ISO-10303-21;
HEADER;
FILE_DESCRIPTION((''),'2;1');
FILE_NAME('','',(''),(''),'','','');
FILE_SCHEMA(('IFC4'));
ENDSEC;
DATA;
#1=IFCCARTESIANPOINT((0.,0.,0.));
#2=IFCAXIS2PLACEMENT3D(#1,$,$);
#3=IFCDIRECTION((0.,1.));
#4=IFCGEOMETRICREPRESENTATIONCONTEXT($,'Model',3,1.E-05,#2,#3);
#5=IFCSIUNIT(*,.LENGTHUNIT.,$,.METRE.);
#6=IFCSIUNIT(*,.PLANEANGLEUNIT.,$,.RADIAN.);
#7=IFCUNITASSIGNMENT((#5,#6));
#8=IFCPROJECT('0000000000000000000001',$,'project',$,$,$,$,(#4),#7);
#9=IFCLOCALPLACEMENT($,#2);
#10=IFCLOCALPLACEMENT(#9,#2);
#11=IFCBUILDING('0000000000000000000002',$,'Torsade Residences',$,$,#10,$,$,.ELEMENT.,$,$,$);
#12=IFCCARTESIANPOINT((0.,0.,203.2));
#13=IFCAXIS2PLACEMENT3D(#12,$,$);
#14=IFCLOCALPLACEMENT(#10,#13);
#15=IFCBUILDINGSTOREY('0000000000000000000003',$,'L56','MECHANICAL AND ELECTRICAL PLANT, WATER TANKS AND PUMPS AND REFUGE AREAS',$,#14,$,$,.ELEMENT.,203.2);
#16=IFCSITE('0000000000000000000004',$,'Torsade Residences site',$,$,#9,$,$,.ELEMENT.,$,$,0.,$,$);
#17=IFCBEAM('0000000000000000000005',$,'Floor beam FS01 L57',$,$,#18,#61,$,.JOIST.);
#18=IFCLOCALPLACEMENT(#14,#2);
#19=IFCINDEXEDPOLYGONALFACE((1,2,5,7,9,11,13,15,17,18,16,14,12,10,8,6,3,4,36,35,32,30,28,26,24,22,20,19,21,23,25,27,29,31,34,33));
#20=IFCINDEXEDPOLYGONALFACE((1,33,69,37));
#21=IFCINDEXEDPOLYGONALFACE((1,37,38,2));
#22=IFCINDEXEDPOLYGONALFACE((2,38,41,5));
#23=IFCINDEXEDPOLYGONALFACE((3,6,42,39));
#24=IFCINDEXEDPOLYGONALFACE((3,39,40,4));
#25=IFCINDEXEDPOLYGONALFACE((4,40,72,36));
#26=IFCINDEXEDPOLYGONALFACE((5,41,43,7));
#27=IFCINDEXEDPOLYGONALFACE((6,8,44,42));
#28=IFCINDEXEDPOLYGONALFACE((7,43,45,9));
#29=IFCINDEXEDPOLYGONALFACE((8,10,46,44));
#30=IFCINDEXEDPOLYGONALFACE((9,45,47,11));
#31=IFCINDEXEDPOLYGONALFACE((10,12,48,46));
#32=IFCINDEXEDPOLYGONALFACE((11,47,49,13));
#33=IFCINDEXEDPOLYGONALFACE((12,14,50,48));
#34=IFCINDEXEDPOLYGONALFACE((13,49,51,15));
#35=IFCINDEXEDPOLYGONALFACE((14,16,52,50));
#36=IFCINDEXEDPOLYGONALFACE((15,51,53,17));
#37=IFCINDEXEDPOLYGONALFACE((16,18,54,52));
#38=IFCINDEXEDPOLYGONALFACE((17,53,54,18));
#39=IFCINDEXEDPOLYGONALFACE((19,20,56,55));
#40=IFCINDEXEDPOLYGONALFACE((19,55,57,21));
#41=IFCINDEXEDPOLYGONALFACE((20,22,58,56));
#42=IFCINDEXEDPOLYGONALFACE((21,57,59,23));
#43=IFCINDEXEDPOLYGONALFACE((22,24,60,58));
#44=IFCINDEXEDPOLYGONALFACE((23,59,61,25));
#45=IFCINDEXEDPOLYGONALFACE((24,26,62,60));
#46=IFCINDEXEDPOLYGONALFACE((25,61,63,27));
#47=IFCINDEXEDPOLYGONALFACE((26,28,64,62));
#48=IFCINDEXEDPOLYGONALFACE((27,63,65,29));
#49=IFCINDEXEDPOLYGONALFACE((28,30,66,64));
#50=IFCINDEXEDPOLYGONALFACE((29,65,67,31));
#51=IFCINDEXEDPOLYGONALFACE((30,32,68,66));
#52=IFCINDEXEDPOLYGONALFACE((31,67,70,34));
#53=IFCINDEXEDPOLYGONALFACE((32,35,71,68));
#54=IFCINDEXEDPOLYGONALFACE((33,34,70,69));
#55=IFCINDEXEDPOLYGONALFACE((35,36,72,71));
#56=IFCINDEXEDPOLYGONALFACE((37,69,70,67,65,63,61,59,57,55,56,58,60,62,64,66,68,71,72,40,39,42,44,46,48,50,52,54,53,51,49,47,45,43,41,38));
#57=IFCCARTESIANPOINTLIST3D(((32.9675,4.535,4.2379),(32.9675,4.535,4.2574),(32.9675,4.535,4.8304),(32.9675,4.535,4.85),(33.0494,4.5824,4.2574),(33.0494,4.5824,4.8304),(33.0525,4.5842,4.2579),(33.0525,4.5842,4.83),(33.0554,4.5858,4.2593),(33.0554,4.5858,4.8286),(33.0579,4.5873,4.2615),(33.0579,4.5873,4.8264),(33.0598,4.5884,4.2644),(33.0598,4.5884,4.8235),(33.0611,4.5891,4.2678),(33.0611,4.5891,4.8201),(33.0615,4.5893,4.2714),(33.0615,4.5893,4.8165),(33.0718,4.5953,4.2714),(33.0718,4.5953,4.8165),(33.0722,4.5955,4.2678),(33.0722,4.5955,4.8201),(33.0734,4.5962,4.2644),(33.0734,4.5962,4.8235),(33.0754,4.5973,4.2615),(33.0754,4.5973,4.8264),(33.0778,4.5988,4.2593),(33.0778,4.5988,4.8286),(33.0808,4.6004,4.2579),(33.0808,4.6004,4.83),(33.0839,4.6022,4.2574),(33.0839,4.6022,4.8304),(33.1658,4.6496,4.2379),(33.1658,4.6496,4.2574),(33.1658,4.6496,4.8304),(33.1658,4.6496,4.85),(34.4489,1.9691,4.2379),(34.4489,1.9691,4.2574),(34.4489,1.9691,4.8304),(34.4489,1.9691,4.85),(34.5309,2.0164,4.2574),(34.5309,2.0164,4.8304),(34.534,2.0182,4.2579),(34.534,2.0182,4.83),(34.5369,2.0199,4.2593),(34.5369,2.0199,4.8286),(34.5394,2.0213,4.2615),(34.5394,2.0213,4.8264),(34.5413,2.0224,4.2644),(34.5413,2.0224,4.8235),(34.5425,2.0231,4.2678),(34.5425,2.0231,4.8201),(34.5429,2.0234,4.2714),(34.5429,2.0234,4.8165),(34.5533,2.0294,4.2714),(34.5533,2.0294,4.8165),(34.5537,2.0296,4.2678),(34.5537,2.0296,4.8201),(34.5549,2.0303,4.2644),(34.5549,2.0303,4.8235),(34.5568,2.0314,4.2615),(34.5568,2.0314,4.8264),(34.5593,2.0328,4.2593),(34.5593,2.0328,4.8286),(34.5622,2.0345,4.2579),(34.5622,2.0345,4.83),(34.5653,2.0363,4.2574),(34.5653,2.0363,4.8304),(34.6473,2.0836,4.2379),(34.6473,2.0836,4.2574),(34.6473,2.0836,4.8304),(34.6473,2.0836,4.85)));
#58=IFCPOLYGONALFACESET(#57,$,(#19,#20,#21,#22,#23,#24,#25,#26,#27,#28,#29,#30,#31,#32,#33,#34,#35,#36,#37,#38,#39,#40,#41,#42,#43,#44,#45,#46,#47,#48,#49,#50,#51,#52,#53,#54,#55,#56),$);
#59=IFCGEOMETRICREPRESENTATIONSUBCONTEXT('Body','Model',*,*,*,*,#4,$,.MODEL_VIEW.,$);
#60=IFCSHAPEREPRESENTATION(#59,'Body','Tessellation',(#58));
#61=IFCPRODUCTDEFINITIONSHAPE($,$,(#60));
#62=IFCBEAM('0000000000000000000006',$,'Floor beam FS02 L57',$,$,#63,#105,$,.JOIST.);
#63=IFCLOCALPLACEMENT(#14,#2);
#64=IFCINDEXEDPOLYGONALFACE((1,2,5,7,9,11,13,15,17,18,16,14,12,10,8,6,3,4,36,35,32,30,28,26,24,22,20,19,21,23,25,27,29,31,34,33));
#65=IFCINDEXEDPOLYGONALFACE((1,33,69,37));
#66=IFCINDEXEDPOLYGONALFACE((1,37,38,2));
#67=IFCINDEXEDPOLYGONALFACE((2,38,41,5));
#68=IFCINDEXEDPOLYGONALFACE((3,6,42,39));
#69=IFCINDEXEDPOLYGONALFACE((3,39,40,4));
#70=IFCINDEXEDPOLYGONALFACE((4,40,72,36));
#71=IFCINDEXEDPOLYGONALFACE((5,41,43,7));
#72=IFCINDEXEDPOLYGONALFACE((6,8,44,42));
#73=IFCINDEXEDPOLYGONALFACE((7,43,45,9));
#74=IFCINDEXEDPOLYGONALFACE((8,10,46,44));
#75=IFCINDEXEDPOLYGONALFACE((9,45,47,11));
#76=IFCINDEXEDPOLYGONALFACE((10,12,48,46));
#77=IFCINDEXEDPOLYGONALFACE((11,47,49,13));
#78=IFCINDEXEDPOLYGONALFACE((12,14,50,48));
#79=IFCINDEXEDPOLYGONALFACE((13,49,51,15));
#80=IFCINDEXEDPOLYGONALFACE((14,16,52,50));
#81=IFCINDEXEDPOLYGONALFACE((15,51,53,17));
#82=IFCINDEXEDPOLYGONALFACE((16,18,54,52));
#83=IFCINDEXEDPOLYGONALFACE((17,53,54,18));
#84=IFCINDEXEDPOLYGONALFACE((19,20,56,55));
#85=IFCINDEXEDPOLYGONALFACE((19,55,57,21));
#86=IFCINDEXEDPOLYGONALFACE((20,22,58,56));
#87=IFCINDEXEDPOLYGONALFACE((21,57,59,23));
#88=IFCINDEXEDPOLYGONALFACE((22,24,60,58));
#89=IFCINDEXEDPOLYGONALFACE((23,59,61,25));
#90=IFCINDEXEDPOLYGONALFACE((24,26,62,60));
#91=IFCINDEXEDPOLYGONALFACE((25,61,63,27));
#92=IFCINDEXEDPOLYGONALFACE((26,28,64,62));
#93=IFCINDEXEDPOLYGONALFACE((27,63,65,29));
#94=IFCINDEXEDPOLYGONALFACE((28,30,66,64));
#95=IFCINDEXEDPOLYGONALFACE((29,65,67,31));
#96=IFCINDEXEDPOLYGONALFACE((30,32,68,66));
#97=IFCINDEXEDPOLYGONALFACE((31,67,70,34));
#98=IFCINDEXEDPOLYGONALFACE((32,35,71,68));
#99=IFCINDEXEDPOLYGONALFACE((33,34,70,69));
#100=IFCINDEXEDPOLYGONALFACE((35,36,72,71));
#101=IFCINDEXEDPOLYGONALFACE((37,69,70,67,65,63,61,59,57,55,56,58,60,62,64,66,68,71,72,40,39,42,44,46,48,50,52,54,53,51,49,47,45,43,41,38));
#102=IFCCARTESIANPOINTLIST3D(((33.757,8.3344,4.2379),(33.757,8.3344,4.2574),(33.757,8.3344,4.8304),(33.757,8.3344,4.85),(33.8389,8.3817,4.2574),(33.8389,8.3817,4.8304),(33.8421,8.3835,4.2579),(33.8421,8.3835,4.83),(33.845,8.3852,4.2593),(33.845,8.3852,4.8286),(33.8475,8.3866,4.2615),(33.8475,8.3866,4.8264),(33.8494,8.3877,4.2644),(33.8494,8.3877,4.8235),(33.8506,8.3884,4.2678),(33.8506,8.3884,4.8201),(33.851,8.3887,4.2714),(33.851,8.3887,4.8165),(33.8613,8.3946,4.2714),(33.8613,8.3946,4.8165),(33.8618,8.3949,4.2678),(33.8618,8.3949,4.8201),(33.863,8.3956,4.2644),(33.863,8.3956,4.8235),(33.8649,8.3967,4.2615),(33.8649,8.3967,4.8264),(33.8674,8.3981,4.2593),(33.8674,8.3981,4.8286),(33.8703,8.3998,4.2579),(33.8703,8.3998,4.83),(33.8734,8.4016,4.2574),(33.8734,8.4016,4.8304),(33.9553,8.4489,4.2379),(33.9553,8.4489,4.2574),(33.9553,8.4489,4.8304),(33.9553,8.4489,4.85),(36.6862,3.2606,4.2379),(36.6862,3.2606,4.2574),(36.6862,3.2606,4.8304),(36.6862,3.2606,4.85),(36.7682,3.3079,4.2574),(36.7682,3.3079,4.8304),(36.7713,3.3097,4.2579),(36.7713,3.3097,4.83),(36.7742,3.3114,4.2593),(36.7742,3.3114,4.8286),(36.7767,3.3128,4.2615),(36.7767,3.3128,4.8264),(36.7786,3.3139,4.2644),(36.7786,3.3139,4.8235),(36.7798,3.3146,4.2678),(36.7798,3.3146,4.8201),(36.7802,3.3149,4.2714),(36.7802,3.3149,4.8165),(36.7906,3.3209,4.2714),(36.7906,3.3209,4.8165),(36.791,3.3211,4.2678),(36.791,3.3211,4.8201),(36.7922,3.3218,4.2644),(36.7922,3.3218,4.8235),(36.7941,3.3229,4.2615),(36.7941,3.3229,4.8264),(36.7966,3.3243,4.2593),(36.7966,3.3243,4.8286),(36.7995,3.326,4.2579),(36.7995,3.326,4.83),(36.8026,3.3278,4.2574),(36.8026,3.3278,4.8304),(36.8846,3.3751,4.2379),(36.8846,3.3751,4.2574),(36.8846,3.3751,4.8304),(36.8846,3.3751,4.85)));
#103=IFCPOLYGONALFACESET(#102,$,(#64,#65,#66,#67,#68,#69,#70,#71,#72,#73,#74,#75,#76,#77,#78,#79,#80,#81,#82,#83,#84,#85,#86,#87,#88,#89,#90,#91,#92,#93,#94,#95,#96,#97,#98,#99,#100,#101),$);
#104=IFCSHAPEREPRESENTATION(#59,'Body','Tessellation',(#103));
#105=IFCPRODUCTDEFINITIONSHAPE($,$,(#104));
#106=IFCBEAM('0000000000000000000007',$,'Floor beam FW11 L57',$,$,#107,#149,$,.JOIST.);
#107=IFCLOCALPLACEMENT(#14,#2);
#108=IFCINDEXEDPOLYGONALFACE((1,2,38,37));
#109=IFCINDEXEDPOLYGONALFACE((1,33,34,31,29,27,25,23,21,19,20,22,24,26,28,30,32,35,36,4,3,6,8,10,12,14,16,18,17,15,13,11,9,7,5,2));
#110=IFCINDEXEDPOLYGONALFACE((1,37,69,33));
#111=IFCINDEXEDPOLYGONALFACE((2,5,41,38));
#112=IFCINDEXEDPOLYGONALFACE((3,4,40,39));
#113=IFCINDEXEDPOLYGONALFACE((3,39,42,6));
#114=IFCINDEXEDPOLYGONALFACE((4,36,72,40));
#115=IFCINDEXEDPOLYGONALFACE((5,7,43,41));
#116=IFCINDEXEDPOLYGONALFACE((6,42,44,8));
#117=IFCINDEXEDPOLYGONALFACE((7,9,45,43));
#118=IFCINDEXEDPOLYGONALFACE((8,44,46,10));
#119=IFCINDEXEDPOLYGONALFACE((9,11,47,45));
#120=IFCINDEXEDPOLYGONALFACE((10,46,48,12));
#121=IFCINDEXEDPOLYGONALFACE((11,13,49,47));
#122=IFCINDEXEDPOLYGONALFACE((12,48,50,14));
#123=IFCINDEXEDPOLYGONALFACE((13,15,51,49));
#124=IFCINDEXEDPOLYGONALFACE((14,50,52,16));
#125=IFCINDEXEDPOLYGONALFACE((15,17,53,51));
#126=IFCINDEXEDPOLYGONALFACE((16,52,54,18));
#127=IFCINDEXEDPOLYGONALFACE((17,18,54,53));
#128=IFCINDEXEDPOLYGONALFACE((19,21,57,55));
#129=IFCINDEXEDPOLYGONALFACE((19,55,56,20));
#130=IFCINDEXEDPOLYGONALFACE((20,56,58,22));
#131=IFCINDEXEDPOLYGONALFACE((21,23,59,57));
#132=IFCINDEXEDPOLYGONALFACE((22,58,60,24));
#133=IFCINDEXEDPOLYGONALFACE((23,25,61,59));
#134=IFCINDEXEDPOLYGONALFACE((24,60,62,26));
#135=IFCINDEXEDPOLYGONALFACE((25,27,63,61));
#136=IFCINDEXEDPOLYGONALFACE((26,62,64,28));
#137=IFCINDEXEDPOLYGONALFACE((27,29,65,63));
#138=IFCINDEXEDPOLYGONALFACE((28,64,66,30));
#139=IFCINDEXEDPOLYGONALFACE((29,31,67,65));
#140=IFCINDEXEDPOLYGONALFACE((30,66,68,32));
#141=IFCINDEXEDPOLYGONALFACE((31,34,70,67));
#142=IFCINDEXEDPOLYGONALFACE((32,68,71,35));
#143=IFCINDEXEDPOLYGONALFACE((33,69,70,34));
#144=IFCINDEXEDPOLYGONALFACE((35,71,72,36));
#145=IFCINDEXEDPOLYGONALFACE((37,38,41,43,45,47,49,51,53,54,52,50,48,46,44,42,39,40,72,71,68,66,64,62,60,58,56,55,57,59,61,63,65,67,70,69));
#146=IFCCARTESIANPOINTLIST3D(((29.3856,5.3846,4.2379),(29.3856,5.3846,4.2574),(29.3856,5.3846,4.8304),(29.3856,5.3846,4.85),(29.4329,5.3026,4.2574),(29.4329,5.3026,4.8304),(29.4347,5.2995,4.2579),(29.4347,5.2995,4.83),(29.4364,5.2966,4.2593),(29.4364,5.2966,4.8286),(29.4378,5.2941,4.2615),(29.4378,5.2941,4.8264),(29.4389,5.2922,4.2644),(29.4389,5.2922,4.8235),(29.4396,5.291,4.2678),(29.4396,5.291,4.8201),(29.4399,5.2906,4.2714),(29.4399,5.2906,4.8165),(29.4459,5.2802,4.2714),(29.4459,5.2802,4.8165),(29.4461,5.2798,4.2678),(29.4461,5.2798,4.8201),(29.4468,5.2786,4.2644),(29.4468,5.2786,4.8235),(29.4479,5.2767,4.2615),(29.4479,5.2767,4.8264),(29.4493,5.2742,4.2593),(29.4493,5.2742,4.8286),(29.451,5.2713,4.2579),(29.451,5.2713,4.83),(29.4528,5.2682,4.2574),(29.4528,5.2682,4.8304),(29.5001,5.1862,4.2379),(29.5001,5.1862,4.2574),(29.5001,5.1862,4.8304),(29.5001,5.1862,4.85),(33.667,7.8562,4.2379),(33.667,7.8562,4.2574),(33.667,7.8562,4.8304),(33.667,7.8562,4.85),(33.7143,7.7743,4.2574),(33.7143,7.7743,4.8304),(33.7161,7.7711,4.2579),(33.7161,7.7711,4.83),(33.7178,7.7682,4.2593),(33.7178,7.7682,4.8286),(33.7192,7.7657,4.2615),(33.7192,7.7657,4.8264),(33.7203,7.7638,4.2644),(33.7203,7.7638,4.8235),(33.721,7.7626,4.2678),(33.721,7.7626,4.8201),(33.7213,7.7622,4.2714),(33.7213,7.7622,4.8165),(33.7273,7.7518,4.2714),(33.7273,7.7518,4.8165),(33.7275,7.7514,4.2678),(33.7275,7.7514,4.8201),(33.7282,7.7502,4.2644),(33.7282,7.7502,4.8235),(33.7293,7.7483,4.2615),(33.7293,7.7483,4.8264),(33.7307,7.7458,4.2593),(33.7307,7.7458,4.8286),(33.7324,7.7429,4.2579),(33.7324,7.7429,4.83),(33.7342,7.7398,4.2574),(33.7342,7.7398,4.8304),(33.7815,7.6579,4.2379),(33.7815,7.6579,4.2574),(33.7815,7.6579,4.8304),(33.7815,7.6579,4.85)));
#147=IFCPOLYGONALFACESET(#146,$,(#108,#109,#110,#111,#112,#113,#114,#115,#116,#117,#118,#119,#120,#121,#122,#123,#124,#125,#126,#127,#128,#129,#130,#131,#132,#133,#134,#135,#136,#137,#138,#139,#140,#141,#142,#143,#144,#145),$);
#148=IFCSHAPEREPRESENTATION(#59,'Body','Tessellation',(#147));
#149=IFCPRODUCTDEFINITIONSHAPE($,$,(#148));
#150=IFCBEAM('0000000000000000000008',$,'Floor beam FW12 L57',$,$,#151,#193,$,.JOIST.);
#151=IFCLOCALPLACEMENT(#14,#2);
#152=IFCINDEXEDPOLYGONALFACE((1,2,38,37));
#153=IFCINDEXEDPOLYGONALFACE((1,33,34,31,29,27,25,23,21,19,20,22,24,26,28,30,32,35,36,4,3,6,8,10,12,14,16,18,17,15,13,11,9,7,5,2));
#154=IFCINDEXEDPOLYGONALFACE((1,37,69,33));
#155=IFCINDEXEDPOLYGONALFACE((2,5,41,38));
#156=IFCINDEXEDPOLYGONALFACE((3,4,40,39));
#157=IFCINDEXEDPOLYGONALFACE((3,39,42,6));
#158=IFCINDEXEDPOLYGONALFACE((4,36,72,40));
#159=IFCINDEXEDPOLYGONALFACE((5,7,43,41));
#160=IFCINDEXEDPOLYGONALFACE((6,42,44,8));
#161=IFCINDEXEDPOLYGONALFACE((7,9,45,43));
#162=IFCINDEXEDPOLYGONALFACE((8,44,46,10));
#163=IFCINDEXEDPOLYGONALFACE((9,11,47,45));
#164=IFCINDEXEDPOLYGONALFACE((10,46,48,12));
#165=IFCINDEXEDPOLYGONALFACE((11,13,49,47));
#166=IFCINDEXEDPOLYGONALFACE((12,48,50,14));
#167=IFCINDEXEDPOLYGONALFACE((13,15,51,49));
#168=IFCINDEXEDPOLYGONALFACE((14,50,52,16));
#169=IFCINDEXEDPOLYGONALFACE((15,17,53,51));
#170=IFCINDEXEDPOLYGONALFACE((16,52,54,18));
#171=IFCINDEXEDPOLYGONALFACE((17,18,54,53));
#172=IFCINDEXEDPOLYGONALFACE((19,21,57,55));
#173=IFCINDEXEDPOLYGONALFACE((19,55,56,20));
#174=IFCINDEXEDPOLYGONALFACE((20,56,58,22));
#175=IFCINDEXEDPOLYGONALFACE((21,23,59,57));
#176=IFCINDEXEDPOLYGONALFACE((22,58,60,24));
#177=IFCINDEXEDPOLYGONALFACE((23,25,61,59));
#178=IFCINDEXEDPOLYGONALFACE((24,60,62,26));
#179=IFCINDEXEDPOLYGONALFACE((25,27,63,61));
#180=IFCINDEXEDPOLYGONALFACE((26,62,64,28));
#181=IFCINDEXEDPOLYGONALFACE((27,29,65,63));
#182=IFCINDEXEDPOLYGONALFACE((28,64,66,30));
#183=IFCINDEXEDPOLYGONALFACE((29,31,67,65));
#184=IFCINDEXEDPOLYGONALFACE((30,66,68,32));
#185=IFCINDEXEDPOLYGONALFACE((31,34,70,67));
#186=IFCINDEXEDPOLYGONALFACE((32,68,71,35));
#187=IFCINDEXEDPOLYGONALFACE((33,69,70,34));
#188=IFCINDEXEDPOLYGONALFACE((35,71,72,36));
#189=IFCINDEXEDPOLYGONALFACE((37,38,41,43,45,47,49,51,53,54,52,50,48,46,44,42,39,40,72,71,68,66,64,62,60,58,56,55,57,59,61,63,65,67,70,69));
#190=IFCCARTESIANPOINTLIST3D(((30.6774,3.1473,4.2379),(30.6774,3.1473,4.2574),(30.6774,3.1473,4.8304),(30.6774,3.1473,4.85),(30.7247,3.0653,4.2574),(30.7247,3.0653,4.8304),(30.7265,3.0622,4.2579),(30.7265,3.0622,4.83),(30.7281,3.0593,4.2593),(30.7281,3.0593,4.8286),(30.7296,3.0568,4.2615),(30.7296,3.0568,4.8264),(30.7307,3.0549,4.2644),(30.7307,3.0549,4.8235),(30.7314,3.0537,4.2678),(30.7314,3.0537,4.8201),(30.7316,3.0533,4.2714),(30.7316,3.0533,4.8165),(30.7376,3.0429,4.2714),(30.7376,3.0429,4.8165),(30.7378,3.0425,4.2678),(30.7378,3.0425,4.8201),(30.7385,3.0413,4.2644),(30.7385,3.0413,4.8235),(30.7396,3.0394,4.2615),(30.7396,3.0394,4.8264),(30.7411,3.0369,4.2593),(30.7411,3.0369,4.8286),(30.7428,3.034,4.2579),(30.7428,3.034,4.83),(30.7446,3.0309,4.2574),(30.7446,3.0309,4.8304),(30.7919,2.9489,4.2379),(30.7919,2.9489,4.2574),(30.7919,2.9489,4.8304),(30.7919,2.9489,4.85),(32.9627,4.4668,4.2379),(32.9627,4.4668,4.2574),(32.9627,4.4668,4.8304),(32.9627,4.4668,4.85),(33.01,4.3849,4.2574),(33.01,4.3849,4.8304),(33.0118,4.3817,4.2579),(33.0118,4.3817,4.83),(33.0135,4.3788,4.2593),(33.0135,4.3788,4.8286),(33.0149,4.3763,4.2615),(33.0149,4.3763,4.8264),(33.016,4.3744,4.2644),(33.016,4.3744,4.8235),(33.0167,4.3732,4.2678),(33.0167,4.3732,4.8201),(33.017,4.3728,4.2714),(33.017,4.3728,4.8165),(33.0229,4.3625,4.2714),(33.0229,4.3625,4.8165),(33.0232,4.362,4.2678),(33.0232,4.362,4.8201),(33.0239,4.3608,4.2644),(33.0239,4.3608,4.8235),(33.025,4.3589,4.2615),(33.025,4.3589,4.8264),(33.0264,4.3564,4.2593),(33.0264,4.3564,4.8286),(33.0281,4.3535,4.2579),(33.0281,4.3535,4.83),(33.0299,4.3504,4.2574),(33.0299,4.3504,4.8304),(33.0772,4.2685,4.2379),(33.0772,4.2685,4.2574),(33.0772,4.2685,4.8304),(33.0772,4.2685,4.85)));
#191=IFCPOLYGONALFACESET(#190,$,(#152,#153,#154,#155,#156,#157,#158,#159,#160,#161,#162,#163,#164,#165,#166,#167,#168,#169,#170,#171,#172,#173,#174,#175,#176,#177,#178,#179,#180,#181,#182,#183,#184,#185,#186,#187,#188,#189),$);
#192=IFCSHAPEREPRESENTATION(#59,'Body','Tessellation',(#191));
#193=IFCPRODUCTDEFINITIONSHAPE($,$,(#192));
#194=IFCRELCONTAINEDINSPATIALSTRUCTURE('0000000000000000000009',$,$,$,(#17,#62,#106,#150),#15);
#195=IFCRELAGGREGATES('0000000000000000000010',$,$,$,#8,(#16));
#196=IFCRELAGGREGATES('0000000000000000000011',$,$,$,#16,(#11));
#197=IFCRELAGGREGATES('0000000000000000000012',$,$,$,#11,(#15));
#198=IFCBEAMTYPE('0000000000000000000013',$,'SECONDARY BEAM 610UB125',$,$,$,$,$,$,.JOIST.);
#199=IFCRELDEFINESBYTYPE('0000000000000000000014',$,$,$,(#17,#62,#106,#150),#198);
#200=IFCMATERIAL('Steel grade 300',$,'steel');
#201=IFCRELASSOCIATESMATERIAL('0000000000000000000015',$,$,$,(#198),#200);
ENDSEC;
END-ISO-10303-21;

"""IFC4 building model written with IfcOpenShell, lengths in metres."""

from ifc_helpers import new_model, si_unit, direction, frame, origin, origin_2d, place, context, subcontext, project, spatial, i_section, extrude, material, material_profile, profile_set, type_object, element, save


model = new_model("IFC4")

# Units and contexts
model_context = context("Model", 3, precision=1e-05, world=origin(), true_north=direction((0.0, 1.0)))
body_context = subcontext(model_context, "Body", "Model", "MODEL_VIEW")
ifc_project = project(units=[si_unit("LENGTHUNIT", "METRE"), si_unit("PLANEANGLEUNIT", "RADIAN")], contexts=[model_context])

# Site, building, storey
site_placement = place(None, origin())
site = spatial("IfcSite", under=ifc_project, at=site_placement, Name="Torsade Residences site", CompositionType="ELEMENT", RefElevation=0.0)
building_placement = place(site_placement, origin())
building = spatial("IfcBuilding", under=site, at=building_placement, Name="Torsade Residences", CompositionType="ELEMENT")
storey_placement = place(building_placement, frame((0.0, 0.0, 203.2)))
storey = spatial("IfcBuildingStorey", under=building, at=storey_placement, Name="L56", Description="MECHANICAL AND ELECTRICAL PLANT, WATER TANKS AND PUMPS AND REFUGE AREAS", CompositionType="ELEMENT", Elevation=203.2)

# Beams
ifc_material_1 = material(Name="Steel grade 300", Category="steel")
ifc_material_profile_1 = material_profile(ifc_material_1, i_section(OverallWidth=0.229, OverallDepth=0.6121, WebThickness=0.012, FlangeThickness=0.0195, FilletRadius=0.0139, at=origin_2d()), Name="610UB125")
ifc_profile_set_1 = profile_set([ifc_material_profile_1], Name="Steel grade 300")
beam_type_1 = type_object("IfcBeamType", Name="SECONDARY BEAM 610UB125", PredefinedType="JOIST", material=ifc_profile_set_1)
beam_1_placement = place(storey_placement, frame((34.5481, 2.0264, 4.5439), z_axis=(-0.500003, 0.866024, 0.0), x_axis=(-0.866024, -0.500003, 0.0)))
element("IfcBeam", 1, at=beam_1_placement, inside=storey, type_object=beam_type_1, Name="Floor beam FS01 L57", PredefinedType="JOIST", context=body_context, shape_type="SweptSolid", body=[
    extrude(i_section(OverallWidth=0.229, OverallDepth=0.6121, WebThickness=0.012, FlangeThickness=0.0195, FilletRadius=0.0139, at=origin_2d()), origin(), (0.0, 0.0, 1.0), 2.9629),
])
beam_2_placement = place(storey_placement, frame((36.7854, 3.3179, 4.5439), z_axis=(-0.499985, 0.866034, 0.0), x_axis=(-0.866034, -0.499985, 0.0)))
element("IfcBeam", 2, at=beam_2_placement, inside=storey, type_object=beam_type_1, Name="Floor beam FS02 L57", PredefinedType="JOIST", context=body_context, shape_type="SweptSolid", body=[
    extrude(i_section(OverallWidth=0.229, OverallDepth=0.6121, WebThickness=0.012, FlangeThickness=0.0195, FilletRadius=0.0139, at=origin_2d()), origin(), (0.0, 0.0, 1.0), 5.8586),
])
beam_3_placement = place(storey_placement, frame((29.4429, 5.2854, 4.5439), z_axis=(0.866047, 0.499963, 0.0), x_axis=(-0.499963, 0.866047, 0.0)))
element("IfcBeam", 3, at=beam_3_placement, inside=storey, type_object=beam_type_1, Name="Floor beam FW11 L57", PredefinedType="JOIST", context=body_context, shape_type="SweptSolid", body=[
    extrude(i_section(OverallWidth=0.229, OverallDepth=0.6121, WebThickness=0.012, FlangeThickness=0.0195, FilletRadius=0.0139, at=origin_2d()), origin(), (0.0, 0.0, 1.0), 4.9436),
])
beam_4_placement = place(storey_placement, frame((30.7346, 3.0481, 4.5439), z_axis=(0.866008, 0.500029, 0.0), x_axis=(-0.500029, 0.866008, 0.0)))
element("IfcBeam", 4, at=beam_4_placement, inside=storey, type_object=beam_type_1, Name="Floor beam FW12 L57", PredefinedType="JOIST", context=body_context, shape_type="SweptSolid", body=[
    extrude(i_section(OverallWidth=0.229, OverallDepth=0.6121, WebThickness=0.012, FlangeThickness=0.0195, FilletRadius=0.0139, at=origin_2d()), origin(), (0.0, 0.0, 1.0), 2.6389),
])

save(model, "model.ifc")
